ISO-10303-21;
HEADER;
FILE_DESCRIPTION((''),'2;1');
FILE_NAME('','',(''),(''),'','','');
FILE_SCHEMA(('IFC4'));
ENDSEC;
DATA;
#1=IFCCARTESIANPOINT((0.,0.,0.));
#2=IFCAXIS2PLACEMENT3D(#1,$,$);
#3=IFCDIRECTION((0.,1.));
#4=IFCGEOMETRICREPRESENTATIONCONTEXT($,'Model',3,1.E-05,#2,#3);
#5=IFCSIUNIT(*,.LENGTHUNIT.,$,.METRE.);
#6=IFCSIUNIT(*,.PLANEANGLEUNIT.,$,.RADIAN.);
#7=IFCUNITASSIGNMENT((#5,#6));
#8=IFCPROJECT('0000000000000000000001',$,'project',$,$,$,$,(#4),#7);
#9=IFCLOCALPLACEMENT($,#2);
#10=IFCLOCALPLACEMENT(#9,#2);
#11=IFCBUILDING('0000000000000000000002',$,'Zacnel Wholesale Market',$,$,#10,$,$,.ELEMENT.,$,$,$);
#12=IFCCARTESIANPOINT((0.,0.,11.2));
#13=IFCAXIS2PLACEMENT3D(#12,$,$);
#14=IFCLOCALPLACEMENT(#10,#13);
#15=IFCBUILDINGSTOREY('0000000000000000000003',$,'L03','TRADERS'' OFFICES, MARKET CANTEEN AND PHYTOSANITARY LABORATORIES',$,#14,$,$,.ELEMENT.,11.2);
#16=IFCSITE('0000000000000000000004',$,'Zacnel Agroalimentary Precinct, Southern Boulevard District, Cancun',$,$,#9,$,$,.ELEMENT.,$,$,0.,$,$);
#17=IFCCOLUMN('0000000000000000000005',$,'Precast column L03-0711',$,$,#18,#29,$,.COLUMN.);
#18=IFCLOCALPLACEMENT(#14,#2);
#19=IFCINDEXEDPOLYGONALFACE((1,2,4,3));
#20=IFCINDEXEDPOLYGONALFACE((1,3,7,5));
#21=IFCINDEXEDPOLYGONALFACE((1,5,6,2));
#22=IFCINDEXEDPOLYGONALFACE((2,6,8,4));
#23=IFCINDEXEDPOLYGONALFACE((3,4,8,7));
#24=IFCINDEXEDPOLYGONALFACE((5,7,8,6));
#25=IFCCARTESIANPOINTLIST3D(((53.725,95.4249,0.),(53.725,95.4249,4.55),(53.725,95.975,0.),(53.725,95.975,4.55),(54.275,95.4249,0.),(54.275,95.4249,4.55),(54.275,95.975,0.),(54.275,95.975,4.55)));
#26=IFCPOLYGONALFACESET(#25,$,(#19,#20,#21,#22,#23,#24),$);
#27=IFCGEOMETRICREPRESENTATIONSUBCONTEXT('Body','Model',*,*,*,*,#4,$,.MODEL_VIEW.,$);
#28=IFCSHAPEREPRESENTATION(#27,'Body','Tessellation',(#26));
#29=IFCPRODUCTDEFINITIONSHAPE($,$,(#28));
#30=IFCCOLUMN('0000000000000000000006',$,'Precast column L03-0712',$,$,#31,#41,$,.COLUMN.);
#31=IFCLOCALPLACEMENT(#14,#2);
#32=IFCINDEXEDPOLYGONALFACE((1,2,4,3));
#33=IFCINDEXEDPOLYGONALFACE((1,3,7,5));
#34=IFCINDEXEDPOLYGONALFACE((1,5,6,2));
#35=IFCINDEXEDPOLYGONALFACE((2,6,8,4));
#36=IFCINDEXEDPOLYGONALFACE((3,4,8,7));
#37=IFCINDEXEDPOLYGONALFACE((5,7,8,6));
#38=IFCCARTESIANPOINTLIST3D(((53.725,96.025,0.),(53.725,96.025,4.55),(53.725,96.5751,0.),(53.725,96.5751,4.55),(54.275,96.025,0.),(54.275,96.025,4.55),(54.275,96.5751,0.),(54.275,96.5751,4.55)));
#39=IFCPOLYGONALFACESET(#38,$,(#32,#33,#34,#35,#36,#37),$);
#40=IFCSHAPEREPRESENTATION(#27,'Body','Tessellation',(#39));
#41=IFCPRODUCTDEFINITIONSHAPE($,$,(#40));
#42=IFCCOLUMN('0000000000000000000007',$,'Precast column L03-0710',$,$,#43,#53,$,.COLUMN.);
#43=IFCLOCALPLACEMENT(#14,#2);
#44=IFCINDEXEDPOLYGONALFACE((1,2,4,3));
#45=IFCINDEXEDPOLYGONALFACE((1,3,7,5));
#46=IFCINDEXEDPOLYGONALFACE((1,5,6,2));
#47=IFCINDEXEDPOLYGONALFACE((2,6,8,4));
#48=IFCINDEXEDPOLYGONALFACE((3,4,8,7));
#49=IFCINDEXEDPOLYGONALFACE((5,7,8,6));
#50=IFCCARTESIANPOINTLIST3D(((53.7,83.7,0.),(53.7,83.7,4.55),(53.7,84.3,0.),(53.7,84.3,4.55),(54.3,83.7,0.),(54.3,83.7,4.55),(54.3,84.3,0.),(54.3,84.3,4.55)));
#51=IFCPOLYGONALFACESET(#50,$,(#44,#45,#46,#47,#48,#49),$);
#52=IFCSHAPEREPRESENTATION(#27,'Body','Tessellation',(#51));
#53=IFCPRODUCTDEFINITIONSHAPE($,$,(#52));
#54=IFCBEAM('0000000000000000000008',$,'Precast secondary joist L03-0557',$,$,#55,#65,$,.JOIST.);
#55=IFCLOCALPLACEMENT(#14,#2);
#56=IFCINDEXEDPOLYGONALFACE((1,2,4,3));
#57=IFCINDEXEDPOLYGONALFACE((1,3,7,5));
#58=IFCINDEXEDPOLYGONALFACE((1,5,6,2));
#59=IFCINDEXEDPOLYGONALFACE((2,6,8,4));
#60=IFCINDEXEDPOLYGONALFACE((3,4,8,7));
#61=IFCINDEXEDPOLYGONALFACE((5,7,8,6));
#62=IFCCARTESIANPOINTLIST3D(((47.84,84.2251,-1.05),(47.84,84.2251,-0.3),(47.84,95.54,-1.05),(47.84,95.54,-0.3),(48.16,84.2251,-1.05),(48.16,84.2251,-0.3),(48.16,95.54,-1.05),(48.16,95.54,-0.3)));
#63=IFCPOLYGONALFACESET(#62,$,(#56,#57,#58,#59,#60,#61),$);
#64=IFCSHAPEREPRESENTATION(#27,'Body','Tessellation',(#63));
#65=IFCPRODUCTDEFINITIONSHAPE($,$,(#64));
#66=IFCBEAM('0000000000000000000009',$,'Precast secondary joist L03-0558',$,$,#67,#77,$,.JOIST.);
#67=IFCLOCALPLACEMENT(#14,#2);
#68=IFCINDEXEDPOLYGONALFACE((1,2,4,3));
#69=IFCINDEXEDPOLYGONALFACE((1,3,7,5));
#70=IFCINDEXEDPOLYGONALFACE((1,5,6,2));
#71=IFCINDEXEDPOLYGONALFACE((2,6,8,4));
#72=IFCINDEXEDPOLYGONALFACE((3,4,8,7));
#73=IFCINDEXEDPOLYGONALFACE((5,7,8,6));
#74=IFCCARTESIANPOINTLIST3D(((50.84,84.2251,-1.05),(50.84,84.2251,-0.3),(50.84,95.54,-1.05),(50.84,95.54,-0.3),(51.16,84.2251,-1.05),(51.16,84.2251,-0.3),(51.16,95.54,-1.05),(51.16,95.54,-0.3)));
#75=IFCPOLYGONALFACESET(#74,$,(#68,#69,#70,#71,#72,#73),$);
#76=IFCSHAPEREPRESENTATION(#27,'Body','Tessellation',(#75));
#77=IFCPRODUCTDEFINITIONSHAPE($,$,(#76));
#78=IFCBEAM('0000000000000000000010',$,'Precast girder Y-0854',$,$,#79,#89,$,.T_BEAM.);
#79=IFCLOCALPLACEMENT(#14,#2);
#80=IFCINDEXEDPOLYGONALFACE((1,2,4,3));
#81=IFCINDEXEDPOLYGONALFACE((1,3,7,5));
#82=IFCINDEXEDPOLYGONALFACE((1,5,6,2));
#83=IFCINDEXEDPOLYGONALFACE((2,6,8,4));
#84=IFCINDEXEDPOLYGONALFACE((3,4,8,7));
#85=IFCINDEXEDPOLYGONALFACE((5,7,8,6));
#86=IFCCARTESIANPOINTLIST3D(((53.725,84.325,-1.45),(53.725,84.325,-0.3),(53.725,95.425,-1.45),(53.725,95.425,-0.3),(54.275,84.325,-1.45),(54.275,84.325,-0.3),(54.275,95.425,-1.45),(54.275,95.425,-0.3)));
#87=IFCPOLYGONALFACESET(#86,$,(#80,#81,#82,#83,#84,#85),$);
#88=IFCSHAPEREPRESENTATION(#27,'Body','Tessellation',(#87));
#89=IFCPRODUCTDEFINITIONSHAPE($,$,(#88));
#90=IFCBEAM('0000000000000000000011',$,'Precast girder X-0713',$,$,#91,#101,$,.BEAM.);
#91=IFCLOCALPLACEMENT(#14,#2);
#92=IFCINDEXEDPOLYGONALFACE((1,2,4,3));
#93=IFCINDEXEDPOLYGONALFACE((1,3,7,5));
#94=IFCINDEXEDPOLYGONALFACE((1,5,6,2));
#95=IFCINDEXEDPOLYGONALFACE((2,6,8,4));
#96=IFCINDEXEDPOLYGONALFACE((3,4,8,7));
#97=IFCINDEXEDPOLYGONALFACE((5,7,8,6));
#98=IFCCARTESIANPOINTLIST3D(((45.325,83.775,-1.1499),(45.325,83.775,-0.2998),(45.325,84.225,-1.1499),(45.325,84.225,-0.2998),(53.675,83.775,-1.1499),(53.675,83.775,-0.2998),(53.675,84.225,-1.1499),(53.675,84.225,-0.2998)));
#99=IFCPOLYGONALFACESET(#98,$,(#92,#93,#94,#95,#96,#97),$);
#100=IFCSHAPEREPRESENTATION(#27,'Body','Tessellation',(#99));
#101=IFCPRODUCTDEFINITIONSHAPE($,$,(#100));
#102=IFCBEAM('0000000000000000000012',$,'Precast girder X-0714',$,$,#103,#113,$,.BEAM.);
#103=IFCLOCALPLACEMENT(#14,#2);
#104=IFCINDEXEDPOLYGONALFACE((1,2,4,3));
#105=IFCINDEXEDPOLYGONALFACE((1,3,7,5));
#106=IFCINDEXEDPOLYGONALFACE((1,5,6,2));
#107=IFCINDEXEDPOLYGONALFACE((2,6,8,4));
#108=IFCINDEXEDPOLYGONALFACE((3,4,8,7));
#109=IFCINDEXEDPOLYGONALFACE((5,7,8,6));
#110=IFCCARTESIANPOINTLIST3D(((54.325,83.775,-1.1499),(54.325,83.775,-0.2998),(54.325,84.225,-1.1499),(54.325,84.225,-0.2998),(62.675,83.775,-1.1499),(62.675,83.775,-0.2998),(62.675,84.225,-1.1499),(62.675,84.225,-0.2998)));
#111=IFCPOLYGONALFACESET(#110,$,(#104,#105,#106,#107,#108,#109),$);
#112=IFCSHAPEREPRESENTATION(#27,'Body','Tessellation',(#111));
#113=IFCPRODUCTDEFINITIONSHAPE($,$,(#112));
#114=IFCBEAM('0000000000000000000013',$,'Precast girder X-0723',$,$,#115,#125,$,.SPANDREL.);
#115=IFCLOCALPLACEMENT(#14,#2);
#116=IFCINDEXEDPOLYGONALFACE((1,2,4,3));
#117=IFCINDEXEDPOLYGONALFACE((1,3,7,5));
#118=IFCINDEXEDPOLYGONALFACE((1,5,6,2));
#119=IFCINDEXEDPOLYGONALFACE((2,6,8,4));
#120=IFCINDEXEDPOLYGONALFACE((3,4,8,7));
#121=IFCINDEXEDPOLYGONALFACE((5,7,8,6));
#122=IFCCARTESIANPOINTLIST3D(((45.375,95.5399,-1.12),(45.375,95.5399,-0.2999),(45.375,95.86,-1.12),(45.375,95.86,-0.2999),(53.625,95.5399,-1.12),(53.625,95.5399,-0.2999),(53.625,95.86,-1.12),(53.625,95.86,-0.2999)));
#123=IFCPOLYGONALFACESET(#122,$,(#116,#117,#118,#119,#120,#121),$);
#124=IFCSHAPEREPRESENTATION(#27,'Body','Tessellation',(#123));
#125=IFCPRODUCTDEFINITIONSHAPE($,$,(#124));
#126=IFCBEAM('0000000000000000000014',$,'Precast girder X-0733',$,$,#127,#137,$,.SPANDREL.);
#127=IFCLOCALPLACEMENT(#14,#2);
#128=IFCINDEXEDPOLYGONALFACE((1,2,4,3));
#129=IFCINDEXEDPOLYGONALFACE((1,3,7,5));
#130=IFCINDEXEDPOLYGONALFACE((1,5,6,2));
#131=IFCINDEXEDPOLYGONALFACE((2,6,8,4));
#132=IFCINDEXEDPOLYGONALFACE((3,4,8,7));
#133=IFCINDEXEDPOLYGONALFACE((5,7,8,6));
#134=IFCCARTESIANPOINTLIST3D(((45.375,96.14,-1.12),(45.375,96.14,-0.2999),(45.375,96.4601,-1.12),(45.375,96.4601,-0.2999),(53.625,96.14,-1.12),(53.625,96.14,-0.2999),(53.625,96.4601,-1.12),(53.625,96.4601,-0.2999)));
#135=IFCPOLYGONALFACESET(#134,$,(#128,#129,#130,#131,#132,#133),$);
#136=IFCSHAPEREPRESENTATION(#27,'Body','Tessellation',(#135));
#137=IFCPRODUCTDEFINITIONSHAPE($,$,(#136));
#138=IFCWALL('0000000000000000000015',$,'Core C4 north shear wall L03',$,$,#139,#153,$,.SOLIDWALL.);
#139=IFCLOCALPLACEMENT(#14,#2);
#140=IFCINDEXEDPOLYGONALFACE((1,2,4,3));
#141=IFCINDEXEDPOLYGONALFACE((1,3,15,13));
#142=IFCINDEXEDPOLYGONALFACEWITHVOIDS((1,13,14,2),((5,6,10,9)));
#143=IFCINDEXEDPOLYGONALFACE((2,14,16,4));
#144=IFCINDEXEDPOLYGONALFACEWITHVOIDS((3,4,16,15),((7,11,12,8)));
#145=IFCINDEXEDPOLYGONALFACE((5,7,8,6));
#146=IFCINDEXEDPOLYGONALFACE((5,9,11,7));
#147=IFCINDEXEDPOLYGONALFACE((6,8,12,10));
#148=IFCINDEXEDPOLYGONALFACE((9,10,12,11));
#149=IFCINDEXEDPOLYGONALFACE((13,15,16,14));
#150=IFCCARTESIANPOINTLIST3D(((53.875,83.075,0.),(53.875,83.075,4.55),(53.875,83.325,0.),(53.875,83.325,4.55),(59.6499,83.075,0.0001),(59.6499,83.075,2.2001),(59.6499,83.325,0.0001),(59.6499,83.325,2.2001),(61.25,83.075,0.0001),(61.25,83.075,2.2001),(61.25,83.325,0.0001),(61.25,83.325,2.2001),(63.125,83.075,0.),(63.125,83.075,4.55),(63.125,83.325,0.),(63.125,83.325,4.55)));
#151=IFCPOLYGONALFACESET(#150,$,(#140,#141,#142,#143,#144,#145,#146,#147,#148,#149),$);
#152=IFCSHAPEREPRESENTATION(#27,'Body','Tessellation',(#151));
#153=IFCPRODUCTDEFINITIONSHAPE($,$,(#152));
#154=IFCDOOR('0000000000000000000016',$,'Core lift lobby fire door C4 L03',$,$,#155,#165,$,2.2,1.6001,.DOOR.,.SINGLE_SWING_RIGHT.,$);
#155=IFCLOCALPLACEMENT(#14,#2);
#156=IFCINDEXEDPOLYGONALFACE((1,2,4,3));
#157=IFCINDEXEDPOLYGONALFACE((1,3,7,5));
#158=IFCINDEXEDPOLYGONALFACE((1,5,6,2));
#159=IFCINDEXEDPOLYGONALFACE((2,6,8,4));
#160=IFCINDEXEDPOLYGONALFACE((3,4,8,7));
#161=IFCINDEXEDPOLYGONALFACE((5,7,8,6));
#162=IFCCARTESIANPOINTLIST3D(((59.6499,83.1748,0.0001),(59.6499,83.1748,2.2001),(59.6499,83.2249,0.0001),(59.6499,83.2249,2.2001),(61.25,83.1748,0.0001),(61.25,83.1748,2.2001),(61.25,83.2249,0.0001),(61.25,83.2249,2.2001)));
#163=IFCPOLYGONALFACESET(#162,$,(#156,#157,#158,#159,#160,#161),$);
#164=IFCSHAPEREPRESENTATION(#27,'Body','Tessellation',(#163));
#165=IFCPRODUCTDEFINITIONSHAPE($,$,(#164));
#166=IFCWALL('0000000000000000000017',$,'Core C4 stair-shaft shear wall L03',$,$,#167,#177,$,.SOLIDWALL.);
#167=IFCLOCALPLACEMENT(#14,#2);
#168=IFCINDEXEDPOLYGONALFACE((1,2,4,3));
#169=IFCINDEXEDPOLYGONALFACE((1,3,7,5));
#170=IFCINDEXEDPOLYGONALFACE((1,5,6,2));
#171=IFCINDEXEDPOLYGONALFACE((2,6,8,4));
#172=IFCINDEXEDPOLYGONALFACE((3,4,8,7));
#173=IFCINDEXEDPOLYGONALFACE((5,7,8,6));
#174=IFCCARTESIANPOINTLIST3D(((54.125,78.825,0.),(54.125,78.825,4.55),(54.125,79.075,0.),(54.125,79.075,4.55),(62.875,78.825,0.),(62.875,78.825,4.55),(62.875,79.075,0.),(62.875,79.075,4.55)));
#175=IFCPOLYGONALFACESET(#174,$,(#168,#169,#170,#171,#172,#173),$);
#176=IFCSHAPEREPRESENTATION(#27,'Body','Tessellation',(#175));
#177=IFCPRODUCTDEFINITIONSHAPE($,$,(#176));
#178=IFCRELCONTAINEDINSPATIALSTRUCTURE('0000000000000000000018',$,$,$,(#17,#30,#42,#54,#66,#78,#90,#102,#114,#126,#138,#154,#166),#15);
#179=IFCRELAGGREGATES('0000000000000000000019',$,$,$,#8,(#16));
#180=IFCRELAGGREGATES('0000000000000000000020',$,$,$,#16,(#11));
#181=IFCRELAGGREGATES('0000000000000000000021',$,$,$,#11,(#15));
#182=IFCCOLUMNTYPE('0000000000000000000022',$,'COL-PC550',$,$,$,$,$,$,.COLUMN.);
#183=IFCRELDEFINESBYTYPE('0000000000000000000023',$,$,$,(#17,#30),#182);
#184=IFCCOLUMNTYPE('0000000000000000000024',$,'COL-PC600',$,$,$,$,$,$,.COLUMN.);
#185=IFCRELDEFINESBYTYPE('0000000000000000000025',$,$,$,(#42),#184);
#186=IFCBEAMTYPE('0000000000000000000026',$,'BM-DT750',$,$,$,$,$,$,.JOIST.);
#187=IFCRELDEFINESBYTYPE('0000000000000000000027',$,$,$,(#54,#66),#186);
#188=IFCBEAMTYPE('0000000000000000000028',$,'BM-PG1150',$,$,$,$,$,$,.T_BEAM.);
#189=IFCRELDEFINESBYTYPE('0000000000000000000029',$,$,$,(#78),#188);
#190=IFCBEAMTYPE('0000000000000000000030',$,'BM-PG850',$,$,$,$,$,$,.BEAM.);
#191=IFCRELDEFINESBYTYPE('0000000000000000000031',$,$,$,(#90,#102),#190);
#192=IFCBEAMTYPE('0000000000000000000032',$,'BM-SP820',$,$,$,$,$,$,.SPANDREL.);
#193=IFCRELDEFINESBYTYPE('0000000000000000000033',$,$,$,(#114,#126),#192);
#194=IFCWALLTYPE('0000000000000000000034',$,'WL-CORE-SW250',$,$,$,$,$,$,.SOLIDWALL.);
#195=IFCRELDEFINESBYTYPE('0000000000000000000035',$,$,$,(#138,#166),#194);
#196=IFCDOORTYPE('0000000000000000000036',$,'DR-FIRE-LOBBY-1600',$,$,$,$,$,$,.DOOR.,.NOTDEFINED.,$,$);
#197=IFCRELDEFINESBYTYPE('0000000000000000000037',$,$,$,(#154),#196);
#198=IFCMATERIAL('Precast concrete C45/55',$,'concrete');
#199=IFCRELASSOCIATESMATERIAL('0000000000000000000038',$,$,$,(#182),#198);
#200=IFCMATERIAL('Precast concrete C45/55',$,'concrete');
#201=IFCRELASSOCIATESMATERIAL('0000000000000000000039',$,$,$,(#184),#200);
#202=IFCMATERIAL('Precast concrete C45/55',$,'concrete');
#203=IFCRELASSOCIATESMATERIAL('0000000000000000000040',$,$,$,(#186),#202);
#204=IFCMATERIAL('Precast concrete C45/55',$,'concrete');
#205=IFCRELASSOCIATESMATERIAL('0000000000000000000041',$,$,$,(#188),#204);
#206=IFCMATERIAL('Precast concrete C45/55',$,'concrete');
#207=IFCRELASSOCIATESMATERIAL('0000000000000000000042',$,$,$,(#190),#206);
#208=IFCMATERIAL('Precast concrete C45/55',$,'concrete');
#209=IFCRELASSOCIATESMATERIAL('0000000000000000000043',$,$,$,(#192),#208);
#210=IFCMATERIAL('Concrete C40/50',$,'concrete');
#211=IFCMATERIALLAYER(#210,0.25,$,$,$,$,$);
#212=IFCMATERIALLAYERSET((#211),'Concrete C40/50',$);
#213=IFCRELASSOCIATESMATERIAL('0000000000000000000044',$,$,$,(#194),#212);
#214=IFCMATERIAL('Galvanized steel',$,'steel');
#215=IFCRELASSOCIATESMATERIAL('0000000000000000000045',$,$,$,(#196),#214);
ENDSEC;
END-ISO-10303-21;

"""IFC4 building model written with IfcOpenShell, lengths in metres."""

from ifc_helpers import new_model, si_unit, direction, frame, frame_2d, origin, origin_2d, place, context, subcontext, project, spatial, rectangle, extrude, material, layer, layer_set, material_profile, profile_set, type_object, element, fill, save


model = new_model("IFC4")

# Units and contexts
model_context = context("Model", 3, precision=1e-05, world=origin(), true_north=direction((0.0, 1.0)))
body_context = subcontext(model_context, "Body", "Model", "MODEL_VIEW")
ifc_project = project(units=[si_unit("LENGTHUNIT", "METRE"), si_unit("PLANEANGLEUNIT", "RADIAN")], contexts=[model_context])

# Site, building, storey
site_placement = place(None, origin())
site = spatial("IfcSite", under=ifc_project, at=site_placement, Name="Zacnel Agroalimentary Precinct, Southern Boulevard District, Cancun", CompositionType="ELEMENT", RefElevation=0.0)
building_placement = place(site_placement, origin())
building = spatial("IfcBuilding", under=site, at=building_placement, Name="Zacnel Wholesale Market", CompositionType="ELEMENT")
storey_placement = place(building_placement, frame((0.0, 0.0, 11.2)))
storey = spatial("IfcBuildingStorey", under=building, at=storey_placement, Name="L03", Description="TRADERS' OFFICES, MARKET CANTEEN AND PHYTOSANITARY LABORATORIES", CompositionType="ELEMENT", Elevation=11.2)

# Columns
ifc_material_1 = material(Name="Precast concrete C45/55", Category="concrete")
ifc_material_profile_1 = material_profile(ifc_material_1, rectangle(XDim=0.55, YDim=0.55, at=origin_2d()), Name="PC 550x550")
ifc_profile_set_1 = profile_set([ifc_material_profile_1], Name="Precast concrete C45/55")
column_type_1 = type_object("IfcColumnType", Name="COL-PC550", PredefinedType="COLUMN", material=ifc_profile_set_1)
for number, where, z_axis, x_axis, name in (
    (1, (54.0, 95.7, 0.0), (0.0, 0.0, 1.0), (1.0, 0.0, 0.0), "Precast column L03-0711"),
    (2, (54.0, 96.3, 0.0), (0.0, 0.0, 1.0), (1.0, 0.0, 0.0), "Precast column L03-0712"),
):
    element("IfcColumn", number, at=place(storey_placement, frame(where, z_axis=z_axis, x_axis=x_axis)), inside=storey, type_object=column_type_1, Name=name, PredefinedType="COLUMN", context=body_context, shape_type="SweptSolid", body=[
        extrude(rectangle(XDim=0.55, YDim=0.55, at=origin_2d()), origin(), (0.0, 0.0, 1.0), 4.55),
    ])
ifc_material_2 = material(Name="Precast concrete C45/55", Category="concrete")
ifc_material_profile_2 = material_profile(ifc_material_2, rectangle(XDim=0.6001, YDim=0.6001, at=origin_2d()), Name="PC 600x600")
ifc_profile_set_2 = profile_set([ifc_material_profile_2], Name="Precast concrete C45/55")
column_type_2 = type_object("IfcColumnType", Name="COL-PC600", PredefinedType="COLUMN", material=ifc_profile_set_2)
column_placement = place(storey_placement, frame((54.0, 84.0, 0.0), z_axis=(0.0, 0.0, 1.0), x_axis=(1.0, 0.0, 0.0)))
element("IfcColumn", 3, at=column_placement, inside=storey, type_object=column_type_2, Name="Precast column L03-0710", PredefinedType="COLUMN", context=body_context, shape_type="SweptSolid", body=[
    extrude(rectangle(XDim=0.6001, YDim=0.6001, at=origin_2d()), origin(), (0.0, 0.0, 1.0), 4.55),
])

# Beams
ifc_material_3 = material(Name="Precast concrete C45/55", Category="concrete")
ifc_material_profile_3 = material_profile(ifc_material_3, rectangle(XDim=0.3201, YDim=0.75, at=origin_2d()), Name="DT RIB 320x750")
ifc_profile_set_3 = profile_set([ifc_material_profile_3], Name="Precast concrete C45/55")
beam_type_1 = type_object("IfcBeamType", Name="BM-DT750", PredefinedType="JOIST", material=ifc_profile_set_3)
for number, where, z_axis, x_axis, name in (
    (4, (48.0, 84.2251, -0.675), (0.0, 1.0, 0.0), (-1.0, 0.0, 0.0), "Precast secondary joist L03-0557"),
    (5, (51.0, 84.2251, -0.675), (0.0, 1.0, 0.0), (-1.0, 0.0, 0.0), "Precast secondary joist L03-0558"),
):
    element("IfcBeam", number, at=place(storey_placement, frame(where, z_axis=z_axis, x_axis=x_axis)), inside=storey, type_object=beam_type_1, Name=name, PredefinedType="JOIST", context=body_context, shape_type="SweptSolid", body=[
        extrude(rectangle(XDim=0.3201, YDim=0.75, at=origin_2d()), origin(), (0.0, 0.0, 1.0), 11.3149),
    ])
ifc_material_4 = material(Name="Precast concrete C45/55", Category="concrete")
ifc_material_profile_4 = material_profile(ifc_material_4, rectangle(XDim=0.55, YDim=1.1499, at=origin_2d()), Name="PG 550x1150")
ifc_profile_set_4 = profile_set([ifc_material_profile_4], Name="Precast concrete C45/55")
beam_type_2 = type_object("IfcBeamType", Name="BM-PG1150", PredefinedType="T_BEAM", material=ifc_profile_set_4)
beam_placement = place(storey_placement, frame((54.0, 84.325, -0.875), z_axis=(0.0, 1.0, 0.0), x_axis=(-1.0, 0.0, 0.0)))
element("IfcBeam", 6, at=beam_placement, inside=storey, type_object=beam_type_2, Name="Precast girder Y-0854", PredefinedType="T_BEAM", context=body_context, shape_type="SweptSolid", body=[
    extrude(rectangle(XDim=0.55, YDim=1.1499, at=origin_2d()), origin(), (0.0, 0.0, 1.0), 11.1001),
])
ifc_material_5 = material(Name="Precast concrete C45/55", Category="concrete")
ifc_material_profile_5 = material_profile(ifc_material_5, rectangle(XDim=0.45, YDim=0.8501, at=origin_2d()), Name="PG 450x850")
ifc_profile_set_5 = profile_set([ifc_material_profile_5], Name="Precast concrete C45/55")
beam_type_3 = type_object("IfcBeamType", Name="BM-PG850", PredefinedType="BEAM", material=ifc_profile_set_5)
for number, where, z_axis, x_axis, name in (
    (7, (45.325, 84.0, -0.7249), (1.0, 0.0, 0.0), (0.0, 1.0, 0.0), "Precast girder X-0713"),
    (8, (54.325, 84.0, -0.7249), (1.0, 0.0, 0.0), (0.0, 1.0, 0.0), "Precast girder X-0714"),
):
    element("IfcBeam", number, at=place(storey_placement, frame(where, z_axis=z_axis, x_axis=x_axis)), inside=storey, type_object=beam_type_3, Name=name, PredefinedType="BEAM", context=body_context, shape_type="SweptSolid", body=[
        extrude(rectangle(XDim=0.45, YDim=0.8501, at=origin_2d()), origin(), (0.0, 0.0, 1.0), 8.3501),
    ])
ifc_material_6 = material(Name="Precast concrete C45/55", Category="concrete")
ifc_material_profile_6 = material_profile(ifc_material_6, rectangle(XDim=0.3201, YDim=0.8201, at=origin_2d()), Name="SP 320x820")
ifc_profile_set_6 = profile_set([ifc_material_profile_6], Name="Precast concrete C45/55")
beam_type_4 = type_object("IfcBeamType", Name="BM-SP820", PredefinedType="SPANDREL", material=ifc_profile_set_6)
for number, where, z_axis, x_axis, name in (
    (9, (45.375, 95.7, -0.71), (1.0, 0.0, 0.0), (0.0, 1.0, 0.0), "Precast girder X-0723"),
    (10, (45.375, 96.3, -0.71), (1.0, 0.0, 0.0), (0.0, 1.0, 0.0), "Precast girder X-0733"),
):
    element("IfcBeam", number, at=place(storey_placement, frame(where, z_axis=z_axis, x_axis=x_axis)), inside=storey, type_object=beam_type_4, Name=name, PredefinedType="SPANDREL", context=body_context, shape_type="SweptSolid", body=[
        extrude(rectangle(XDim=0.3201, YDim=0.8201, at=origin_2d()), origin(), (0.0, 0.0, 1.0), 8.25),
    ])

# Wall, opening, door
ifc_material_7 = material(Name="Concrete C40/50", Category="concrete")
ifc_layer_1 = layer(ifc_material_7, 0.25)
ifc_layer_set_1 = layer_set([ifc_layer_1], Name="Concrete C40/50")
wall_type_1 = type_object("IfcWallType", Name="WL-CORE-SW250", PredefinedType="SOLIDWALL", material=ifc_layer_set_1)
wall_1_placement = place(storey_placement, frame((53.875, 83.2, 0.0), z_axis=(0.0, 0.0, 1.0), x_axis=(1.0, 0.0, 0.0)))
wall_1 = element("IfcWall", 11, at=wall_1_placement, inside=storey, type_object=wall_type_1, Name="Core C4 north shear wall L03", PredefinedType="SOLIDWALL", context=body_context, shape_type="SweptSolid", body=[
    extrude(rectangle(XDim=9.25, YDim=0.25, at=frame_2d((4.625, 0.0))), origin(), (0.0, 0.0, 1.0), 4.55),
])
opening_1_placement = place(wall_1_placement, frame((5.7749, 0.0, 0.0)))
opening_1 = element("IfcOpeningElement", 12, at=opening_1_placement, cuts=wall_1, PredefinedType="OPENING", context=body_context, shape_type="SweptSolid", body=[
    extrude(rectangle(XDim=1.6001, YDim=2.2, at=frame_2d((0.8, 1.1001))), frame((0.0, 0.135, 0.0), z_axis=(0.0, -1.0, 0.0), x_axis=(1.0, 0.0, 0.0)), (0.0, 0.0, 1.0), 0.27),
])
ifc_material_8 = material(Name="Galvanized steel", Category="steel")
door_type_1 = type_object("IfcDoorType", Name="DR-FIRE-LOBBY-1600", OperationType="NOTDEFINED", PredefinedType="DOOR", material=ifc_material_8)
door_1_placement = place(opening_1_placement, origin())
door_1 = element("IfcDoor", 13, at=door_1_placement, inside=storey, type_object=door_type_1, Name="Core lift lobby fire door C4 L03", OperationType="SINGLE_SWING_RIGHT", OverallHeight=2.2, OverallWidth=1.6001, PredefinedType="DOOR", context=body_context, shape_type="SweptSolid", body=[
    extrude(rectangle(XDim=1.6001, YDim=2.2, at=frame_2d((0.8, 1.1001))), frame((0.0, 0.0249, 0.0), z_axis=(0.0, -1.0, 0.0), x_axis=(1.0, 0.0, 0.0)), (0.0, 0.0, 1.0), 0.05),
])
fill(opening_1, door_1)

# Wall
wall_2_placement = place(storey_placement, frame((54.125, 78.95, 0.0), z_axis=(0.0, 0.0, 1.0), x_axis=(1.0, 0.0, 0.0)))
element("IfcWall", 14, at=wall_2_placement, inside=storey, type_object=wall_type_1, Name="Core C4 stair-shaft shear wall L03", PredefinedType="SOLIDWALL", context=body_context, shape_type="SweptSolid", body=[
    extrude(rectangle(XDim=8.75, YDim=0.25, at=frame_2d((4.375, 0.0))), origin(), (0.0, 0.0, 1.0), 4.55),
])

save(model, "model.ifc")
